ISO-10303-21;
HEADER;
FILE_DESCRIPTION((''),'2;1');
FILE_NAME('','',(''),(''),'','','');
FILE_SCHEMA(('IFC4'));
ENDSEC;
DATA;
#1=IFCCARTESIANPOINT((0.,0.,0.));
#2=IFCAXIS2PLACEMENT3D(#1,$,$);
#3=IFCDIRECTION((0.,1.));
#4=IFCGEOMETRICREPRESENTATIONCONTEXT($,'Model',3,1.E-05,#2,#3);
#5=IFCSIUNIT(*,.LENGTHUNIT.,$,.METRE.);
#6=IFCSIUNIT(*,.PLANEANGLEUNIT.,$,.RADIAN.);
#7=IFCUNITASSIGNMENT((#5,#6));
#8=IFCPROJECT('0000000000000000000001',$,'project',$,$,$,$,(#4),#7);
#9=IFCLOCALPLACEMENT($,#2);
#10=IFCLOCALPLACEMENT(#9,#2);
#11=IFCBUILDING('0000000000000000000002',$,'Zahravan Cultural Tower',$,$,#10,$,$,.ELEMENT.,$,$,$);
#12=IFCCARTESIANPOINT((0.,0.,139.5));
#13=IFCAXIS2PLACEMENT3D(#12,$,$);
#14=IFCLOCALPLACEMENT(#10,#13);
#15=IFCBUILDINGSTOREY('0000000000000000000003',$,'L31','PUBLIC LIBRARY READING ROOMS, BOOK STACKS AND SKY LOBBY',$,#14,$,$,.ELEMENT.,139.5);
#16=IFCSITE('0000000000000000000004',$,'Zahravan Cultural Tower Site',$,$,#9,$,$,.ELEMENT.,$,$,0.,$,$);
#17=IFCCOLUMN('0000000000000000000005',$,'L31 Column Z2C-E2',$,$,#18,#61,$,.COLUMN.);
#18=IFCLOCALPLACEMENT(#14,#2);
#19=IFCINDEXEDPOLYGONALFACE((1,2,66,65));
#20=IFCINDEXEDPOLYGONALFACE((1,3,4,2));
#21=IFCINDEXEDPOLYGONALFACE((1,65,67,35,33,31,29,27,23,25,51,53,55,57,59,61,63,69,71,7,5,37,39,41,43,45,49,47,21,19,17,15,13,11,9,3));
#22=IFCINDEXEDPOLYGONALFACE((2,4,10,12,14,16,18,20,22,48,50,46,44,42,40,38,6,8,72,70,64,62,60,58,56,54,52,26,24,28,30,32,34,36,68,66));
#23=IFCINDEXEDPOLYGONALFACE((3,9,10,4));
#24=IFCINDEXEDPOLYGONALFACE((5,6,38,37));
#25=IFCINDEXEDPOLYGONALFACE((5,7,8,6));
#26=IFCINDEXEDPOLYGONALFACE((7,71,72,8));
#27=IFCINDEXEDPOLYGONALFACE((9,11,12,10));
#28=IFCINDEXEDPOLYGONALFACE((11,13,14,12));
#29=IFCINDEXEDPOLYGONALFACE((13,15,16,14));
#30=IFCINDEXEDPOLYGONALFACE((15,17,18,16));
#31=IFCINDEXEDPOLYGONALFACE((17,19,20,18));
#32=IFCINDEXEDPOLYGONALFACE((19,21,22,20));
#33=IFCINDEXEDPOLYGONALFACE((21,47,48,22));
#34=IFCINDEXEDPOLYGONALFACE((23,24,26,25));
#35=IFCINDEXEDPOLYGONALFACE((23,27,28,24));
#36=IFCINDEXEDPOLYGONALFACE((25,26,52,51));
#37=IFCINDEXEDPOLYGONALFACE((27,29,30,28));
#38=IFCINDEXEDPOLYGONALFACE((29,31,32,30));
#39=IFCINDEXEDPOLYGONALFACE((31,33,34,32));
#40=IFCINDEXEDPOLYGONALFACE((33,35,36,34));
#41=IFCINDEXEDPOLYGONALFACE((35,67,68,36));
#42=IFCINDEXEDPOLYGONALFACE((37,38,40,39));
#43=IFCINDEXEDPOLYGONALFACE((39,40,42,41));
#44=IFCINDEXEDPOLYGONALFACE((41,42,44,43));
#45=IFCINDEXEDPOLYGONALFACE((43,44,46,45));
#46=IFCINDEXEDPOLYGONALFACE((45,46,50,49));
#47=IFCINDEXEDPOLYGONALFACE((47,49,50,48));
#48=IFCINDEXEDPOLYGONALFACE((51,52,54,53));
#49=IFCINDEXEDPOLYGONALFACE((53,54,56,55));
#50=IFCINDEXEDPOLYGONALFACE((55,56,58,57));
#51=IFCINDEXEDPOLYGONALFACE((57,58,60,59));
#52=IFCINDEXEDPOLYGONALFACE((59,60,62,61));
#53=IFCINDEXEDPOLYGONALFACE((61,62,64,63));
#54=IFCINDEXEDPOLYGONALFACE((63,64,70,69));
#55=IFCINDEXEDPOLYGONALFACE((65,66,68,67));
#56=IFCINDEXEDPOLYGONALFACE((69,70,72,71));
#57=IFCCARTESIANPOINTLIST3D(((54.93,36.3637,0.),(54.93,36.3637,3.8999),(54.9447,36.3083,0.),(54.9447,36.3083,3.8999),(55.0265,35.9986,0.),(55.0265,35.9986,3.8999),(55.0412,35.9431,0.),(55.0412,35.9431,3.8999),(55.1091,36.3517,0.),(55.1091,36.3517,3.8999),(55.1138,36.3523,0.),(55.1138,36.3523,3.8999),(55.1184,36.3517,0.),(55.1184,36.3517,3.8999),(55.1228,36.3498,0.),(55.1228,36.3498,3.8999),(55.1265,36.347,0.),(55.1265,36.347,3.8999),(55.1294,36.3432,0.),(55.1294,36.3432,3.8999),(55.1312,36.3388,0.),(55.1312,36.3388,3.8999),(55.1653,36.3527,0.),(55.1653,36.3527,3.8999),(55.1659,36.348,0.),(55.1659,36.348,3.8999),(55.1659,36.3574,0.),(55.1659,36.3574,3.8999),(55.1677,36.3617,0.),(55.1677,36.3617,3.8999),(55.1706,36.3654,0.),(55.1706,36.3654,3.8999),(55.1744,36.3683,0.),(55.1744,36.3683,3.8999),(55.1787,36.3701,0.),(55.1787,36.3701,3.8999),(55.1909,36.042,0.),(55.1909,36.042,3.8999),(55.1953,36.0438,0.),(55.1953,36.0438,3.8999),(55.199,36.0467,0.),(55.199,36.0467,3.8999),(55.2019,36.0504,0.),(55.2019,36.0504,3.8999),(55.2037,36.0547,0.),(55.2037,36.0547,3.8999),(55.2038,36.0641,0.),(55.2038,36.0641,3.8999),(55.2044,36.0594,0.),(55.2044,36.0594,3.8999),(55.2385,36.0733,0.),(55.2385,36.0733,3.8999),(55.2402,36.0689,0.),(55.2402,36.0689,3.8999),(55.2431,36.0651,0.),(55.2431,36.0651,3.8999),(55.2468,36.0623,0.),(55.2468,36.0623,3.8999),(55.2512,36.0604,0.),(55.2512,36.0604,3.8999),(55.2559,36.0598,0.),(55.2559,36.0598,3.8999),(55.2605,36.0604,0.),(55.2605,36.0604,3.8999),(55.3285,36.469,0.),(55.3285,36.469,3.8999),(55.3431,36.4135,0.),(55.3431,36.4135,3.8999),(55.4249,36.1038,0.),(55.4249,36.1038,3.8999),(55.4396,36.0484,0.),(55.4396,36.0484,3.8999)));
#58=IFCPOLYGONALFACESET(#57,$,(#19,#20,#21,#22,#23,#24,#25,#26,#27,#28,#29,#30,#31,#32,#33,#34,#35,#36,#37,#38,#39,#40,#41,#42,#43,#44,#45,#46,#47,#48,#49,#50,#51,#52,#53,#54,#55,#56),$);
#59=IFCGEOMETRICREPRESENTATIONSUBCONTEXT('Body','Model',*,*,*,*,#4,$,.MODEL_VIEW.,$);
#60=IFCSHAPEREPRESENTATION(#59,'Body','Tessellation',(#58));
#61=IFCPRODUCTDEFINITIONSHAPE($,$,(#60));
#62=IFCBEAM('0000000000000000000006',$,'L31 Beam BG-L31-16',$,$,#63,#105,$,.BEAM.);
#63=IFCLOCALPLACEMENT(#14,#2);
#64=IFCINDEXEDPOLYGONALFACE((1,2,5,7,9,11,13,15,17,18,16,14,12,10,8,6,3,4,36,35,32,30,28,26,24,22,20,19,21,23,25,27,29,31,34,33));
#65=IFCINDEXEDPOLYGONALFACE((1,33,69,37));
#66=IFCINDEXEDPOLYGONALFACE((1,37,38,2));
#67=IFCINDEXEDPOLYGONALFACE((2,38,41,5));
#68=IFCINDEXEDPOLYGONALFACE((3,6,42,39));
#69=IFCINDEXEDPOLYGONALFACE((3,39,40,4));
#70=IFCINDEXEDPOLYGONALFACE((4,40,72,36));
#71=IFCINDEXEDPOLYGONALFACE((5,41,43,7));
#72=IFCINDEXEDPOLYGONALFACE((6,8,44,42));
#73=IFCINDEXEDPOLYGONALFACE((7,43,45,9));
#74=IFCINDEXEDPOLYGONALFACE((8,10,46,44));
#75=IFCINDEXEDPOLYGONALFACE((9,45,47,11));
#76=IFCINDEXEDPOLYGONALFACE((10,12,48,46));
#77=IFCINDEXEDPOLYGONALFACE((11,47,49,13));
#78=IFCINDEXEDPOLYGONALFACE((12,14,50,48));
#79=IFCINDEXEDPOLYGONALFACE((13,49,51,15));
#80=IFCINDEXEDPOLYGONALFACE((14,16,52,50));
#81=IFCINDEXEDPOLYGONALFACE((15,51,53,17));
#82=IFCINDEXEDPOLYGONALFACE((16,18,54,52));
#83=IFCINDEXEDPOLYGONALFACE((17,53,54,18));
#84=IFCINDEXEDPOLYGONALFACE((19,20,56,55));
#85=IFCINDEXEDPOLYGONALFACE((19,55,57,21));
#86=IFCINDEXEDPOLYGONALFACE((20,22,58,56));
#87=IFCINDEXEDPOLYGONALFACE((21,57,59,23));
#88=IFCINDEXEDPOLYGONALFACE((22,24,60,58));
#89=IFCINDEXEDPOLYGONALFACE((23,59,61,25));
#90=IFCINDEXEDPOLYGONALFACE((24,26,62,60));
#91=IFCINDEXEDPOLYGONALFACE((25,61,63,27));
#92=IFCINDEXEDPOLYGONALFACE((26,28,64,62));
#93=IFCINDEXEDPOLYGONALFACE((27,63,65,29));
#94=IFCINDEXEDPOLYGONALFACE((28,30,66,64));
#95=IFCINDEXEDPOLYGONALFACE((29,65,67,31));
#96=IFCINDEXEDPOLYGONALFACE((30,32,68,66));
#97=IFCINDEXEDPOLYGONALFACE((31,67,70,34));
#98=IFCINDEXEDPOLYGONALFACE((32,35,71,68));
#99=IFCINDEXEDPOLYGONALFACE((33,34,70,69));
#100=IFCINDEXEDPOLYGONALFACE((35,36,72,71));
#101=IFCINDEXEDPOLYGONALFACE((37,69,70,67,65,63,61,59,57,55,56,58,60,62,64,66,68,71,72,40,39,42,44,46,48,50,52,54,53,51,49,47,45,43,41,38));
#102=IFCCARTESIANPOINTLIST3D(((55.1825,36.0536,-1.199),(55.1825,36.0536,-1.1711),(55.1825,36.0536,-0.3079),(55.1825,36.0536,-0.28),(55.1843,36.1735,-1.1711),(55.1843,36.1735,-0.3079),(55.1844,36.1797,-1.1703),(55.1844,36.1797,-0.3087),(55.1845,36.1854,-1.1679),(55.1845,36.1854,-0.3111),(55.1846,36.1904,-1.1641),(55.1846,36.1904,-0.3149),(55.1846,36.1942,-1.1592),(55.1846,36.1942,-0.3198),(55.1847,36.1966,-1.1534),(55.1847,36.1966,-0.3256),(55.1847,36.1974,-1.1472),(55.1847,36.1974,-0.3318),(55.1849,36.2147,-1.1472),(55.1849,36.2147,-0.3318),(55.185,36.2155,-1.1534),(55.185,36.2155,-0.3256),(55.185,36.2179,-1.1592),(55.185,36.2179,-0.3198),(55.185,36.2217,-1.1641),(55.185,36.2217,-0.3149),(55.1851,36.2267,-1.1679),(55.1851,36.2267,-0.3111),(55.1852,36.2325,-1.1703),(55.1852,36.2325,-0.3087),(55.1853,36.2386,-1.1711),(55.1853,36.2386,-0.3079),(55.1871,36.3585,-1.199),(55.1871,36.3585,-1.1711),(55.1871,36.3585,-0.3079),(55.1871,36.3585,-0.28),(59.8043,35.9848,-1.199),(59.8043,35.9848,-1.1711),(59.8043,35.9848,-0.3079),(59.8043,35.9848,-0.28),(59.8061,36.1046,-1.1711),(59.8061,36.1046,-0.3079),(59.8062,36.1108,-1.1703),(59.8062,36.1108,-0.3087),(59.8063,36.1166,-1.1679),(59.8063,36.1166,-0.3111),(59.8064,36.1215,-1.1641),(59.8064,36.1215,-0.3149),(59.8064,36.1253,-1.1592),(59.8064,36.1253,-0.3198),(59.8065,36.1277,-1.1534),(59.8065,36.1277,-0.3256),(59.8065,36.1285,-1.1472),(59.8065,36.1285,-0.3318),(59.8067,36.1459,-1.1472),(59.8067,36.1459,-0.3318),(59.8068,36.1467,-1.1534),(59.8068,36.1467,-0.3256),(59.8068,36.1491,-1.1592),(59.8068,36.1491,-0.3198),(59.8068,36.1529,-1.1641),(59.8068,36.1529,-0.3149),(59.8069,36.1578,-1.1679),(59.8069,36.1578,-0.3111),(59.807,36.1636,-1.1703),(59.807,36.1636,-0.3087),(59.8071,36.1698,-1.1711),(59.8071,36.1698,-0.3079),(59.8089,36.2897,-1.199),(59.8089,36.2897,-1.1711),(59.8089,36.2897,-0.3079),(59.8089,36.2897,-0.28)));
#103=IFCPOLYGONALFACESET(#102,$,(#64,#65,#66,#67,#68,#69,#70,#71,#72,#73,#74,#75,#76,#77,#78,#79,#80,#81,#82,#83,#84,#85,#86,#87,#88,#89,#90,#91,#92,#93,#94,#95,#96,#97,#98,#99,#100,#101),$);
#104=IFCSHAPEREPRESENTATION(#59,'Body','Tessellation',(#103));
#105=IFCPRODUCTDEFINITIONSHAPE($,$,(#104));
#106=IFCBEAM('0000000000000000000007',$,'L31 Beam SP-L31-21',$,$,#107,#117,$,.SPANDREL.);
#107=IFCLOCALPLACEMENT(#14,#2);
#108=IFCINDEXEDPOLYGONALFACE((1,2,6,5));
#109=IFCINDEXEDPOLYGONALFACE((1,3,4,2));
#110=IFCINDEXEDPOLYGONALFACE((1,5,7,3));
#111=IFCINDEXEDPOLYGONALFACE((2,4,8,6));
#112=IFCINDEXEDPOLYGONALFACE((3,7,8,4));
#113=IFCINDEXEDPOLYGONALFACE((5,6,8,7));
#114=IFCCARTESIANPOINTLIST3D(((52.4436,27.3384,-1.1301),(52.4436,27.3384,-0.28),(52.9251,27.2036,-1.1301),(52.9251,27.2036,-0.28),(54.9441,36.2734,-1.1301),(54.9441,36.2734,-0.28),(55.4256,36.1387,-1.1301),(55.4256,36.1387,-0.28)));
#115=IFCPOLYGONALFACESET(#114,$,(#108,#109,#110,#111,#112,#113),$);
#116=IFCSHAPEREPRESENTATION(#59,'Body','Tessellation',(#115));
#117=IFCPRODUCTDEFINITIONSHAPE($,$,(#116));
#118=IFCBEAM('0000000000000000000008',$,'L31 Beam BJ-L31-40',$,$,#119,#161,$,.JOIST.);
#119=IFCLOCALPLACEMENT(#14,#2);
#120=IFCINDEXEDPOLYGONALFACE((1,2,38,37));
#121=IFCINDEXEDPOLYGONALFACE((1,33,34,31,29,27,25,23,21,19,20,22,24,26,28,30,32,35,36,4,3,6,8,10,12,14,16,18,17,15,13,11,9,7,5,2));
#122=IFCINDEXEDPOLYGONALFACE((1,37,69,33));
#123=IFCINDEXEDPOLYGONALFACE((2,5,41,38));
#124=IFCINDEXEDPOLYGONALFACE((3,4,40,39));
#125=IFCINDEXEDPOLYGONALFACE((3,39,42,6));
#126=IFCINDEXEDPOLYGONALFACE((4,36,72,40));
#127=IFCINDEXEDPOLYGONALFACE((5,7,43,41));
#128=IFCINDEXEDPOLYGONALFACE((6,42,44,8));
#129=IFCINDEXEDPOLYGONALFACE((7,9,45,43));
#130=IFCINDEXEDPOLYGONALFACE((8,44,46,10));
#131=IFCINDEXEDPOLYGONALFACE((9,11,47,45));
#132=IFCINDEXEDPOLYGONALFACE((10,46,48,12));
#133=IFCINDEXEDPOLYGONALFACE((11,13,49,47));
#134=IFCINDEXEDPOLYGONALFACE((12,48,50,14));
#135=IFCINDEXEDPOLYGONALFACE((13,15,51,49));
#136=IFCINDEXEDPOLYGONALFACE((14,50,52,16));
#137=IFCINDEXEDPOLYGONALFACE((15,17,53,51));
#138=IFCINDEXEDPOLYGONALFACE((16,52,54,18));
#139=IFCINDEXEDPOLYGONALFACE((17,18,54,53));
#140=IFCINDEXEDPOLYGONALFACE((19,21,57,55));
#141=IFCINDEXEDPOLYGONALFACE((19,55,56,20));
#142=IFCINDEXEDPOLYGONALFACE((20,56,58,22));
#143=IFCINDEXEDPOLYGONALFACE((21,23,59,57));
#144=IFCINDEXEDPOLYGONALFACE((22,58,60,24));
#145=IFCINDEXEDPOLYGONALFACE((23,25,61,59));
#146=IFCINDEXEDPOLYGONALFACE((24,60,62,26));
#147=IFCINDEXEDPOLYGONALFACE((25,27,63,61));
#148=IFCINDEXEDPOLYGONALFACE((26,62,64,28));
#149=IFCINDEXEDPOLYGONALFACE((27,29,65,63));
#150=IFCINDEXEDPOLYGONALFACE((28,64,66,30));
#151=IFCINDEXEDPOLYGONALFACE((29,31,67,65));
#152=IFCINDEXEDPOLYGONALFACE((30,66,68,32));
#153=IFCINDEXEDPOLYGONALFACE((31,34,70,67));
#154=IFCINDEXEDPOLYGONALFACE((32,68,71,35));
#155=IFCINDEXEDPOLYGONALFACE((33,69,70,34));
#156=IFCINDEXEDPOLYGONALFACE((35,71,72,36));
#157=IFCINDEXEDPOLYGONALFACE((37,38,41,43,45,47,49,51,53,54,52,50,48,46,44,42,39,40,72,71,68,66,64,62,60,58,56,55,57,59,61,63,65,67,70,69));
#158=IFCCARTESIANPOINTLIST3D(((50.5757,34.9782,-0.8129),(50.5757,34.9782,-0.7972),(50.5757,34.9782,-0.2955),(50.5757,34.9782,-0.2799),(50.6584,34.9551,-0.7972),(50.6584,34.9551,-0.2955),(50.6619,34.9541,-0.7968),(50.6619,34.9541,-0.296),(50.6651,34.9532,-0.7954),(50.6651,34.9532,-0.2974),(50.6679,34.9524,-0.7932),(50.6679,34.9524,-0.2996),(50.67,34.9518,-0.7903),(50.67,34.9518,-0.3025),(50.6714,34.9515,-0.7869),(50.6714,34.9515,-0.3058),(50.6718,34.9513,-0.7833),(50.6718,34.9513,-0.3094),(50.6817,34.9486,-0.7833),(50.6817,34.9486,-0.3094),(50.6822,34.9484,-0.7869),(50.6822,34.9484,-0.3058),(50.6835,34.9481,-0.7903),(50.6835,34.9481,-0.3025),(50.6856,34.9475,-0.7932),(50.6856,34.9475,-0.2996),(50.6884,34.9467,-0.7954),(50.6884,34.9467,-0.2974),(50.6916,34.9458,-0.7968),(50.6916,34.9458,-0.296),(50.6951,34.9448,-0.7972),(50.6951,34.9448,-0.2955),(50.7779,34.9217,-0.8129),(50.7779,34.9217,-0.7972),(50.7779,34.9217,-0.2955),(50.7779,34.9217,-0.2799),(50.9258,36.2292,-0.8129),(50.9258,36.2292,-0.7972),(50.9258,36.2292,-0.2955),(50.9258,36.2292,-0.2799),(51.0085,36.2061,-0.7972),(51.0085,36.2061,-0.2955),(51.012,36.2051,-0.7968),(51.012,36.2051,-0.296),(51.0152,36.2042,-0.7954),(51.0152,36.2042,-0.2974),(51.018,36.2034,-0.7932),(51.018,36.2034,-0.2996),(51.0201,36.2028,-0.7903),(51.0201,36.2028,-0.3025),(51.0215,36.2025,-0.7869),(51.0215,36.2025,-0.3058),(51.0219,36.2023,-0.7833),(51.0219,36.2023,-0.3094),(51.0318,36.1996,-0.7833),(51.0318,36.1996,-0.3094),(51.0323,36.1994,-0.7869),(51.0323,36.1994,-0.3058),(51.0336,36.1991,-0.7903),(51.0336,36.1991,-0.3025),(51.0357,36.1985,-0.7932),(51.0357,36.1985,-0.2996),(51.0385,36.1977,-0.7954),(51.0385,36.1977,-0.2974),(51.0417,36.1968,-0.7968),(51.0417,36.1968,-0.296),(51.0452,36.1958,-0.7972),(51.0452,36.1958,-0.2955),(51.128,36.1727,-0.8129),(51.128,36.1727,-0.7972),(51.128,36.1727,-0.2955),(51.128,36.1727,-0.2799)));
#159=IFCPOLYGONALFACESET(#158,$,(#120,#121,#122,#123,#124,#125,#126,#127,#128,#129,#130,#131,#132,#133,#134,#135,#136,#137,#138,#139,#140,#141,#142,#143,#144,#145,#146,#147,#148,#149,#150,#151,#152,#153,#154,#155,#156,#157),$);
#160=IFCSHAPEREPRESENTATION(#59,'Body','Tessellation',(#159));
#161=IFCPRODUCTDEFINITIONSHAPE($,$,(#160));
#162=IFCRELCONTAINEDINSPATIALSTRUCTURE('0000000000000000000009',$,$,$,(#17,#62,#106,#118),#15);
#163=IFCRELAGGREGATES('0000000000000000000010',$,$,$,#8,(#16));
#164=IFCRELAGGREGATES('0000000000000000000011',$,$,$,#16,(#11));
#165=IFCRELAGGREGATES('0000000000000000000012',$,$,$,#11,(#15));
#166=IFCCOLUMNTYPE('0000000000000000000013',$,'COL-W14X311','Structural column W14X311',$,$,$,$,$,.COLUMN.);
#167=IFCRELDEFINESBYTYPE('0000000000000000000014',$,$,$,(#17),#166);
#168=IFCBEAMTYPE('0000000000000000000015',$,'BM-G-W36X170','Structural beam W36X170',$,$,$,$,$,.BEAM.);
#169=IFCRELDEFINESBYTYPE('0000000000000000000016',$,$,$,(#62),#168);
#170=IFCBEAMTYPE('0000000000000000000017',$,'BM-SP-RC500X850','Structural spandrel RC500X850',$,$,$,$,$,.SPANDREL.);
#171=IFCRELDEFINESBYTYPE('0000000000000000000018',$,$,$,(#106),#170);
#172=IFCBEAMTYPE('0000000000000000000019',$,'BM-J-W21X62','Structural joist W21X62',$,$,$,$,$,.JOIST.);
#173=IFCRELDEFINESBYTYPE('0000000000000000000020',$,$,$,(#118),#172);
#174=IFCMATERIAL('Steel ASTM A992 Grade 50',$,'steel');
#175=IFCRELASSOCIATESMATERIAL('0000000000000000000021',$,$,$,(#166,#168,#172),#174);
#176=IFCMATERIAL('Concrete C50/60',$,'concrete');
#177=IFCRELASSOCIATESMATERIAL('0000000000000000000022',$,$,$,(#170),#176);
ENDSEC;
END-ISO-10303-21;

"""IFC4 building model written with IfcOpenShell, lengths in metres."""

from ifc_helpers import new_model, si_unit, direction, frame, origin, origin_2d, place, context, subcontext, project, spatial, rectangle, i_section, extrude, source, transform, mapped, material, material_profile, profile_set, type_object, element, save


model = new_model("IFC4")

# Units and contexts
model_context = context("Model", 3, precision=1e-05, world=origin(), true_north=direction((0.0, 1.0)))
body_context = subcontext(model_context, "Body", "Model", "MODEL_VIEW")
ifc_project = project(units=[si_unit("LENGTHUNIT", "METRE"), si_unit("PLANEANGLEUNIT", "RADIAN")], contexts=[model_context])

# Site, building, storey
site_placement = place(None, origin())
site = spatial("IfcSite", under=ifc_project, at=site_placement, Name="Zahravan Cultural Tower Site", CompositionType="ELEMENT", RefElevation=0.0)
building_placement = place(site_placement, origin())
building = spatial("IfcBuilding", under=site, at=building_placement, Name="Zahravan Cultural Tower", CompositionType="ELEMENT")
storey_placement = place(building_placement, frame((0.0, 0.0, 139.5)))
storey = spatial("IfcBuildingStorey", under=building, at=storey_placement, Name="L31", Description="PUBLIC LIBRARY READING ROOMS, BOOK STACKS AND SKY LOBBY", CompositionType="ELEMENT", Elevation=139.5)

# Column
ifc_material_1 = material(Name="Steel ASTM A992 Grade 50", Category="steel")
ifc_material_profile_1 = material_profile(ifc_material_1, i_section(OverallWidth=0.4121, OverallDepth=0.4351, WebThickness=0.0359, FlangeThickness=0.0574, FilletRadius=0.0181, at=origin_2d()), Name="W14X311")
ifc_profile_set_1 = profile_set([ifc_material_profile_1], Name="Steel ASTM A992 Grade 50")
column_type = type_object("IfcColumnType", Name="COL-W14X311", Description="Structural column W14X311", PredefinedType="COLUMN", material=ifc_profile_set_1)
shared_shape_1 = source(origin(), body_context, "Body", "SweptSolid", [
    extrude(i_section(OverallWidth=0.4121, OverallDepth=0.4351, WebThickness=0.0359, FlangeThickness=0.0574, FilletRadius=0.0181, at=origin_2d()), origin(), (0.0, 0.0, 1.0), 3.8999),
])
column_placement = place(storey_placement, frame((55.1848, 36.2061, 0.0), z_axis=(0.0, 0.0, 1.0), x_axis=(0.966823, 0.255446, 0.0)))
element("IfcColumn", 1, at=column_placement, inside=storey, type_object=column_type, Name="L31 Column Z2C-E2", PredefinedType="COLUMN", context=body_context, shape_type="MappedRepresentation", body=[
    mapped(shared_shape_1, transform((0.0, 0.0, 0.0), x_axis=(1.0, 0.0, 0.0), y_axis=(0.0, 1.0, 0.0), z_axis=(0.0, 0.0, 1.0), scale=1.0)),
])

# Beams
ifc_material_profile_2 = material_profile(ifc_material_1, i_section(OverallWidth=0.3049, OverallDepth=0.9189, WebThickness=0.0173, FlangeThickness=0.0278, FilletRadius=0.0239, at=origin_2d()), Name="W36X170")
ifc_profile_set_2 = profile_set([ifc_material_profile_2], Name="Steel ASTM A992 Grade 50")
beam_type_1 = type_object("IfcBeamType", Name="BM-G-W36X170", Description="Structural beam W36X170", PredefinedType="BEAM", material=ifc_profile_set_2)
shared_shape_2 = source(origin(), body_context, "Body", "SweptSolid", [
    extrude(i_section(OverallWidth=0.3049, OverallDepth=0.9189, WebThickness=0.0173, FlangeThickness=0.0278, FilletRadius=0.0239, at=origin_2d()), origin(), (0.0, 0.0, 1.0), 4.6223),
])
beam_1_placement = place(storey_placement, frame((55.1848, 36.2061, -0.7395), z_axis=(0.999889, -0.014895, 0.0), x_axis=(0.014895, 0.999889, 0.0)))
element("IfcBeam", 2, at=beam_1_placement, inside=storey, type_object=beam_type_1, Name="L31 Beam BG-L31-16", PredefinedType="BEAM", context=body_context, shape_type="MappedRepresentation", body=[
    mapped(shared_shape_2, transform((0.0, 0.0, 0.0), x_axis=(1.0, 0.0, 0.0), y_axis=(0.0, 1.0, 0.0), z_axis=(0.0, 0.0, 1.0), scale=1.0)),
])
ifc_material_2 = material(Name="Concrete C50/60", Category="concrete")
ifc_material_profile_3 = material_profile(ifc_material_2, rectangle(XDim=0.5, YDim=0.8501, at=origin_2d()), Name="RC500X850")
ifc_profile_set_3 = profile_set([ifc_material_profile_3], Name="Concrete C50/60")
beam_type_2 = type_object("IfcBeamType", Name="BM-SP-RC500X850", Description="Structural spandrel RC500X850", PredefinedType="SPANDREL", material=ifc_profile_set_3)
shared_shape_3 = source(origin(), body_context, "Body", "SweptSolid", [
    extrude(rectangle(XDim=0.5, YDim=0.8501, at=origin_2d()), origin(), (0.0, 0.0, 1.0), 9.2783),
])
beam_2_placement = place(storey_placement, frame((52.6843, 27.271, -0.7051), z_axis=(0.269497, 0.963001, 0.0), x_axis=(-0.963001, 0.269497, 0.0)))
element("IfcBeam", 3, at=beam_2_placement, inside=storey, type_object=beam_type_2, Name="L31 Beam SP-L31-21", PredefinedType="SPANDREL", context=body_context, shape_type="MappedRepresentation", body=[
    mapped(shared_shape_3, transform((0.0, 0.0, 0.0), x_axis=(1.0, 0.0, 0.0), y_axis=(0.0, 1.0, 0.0), z_axis=(0.0, 0.0, 1.0), scale=1.0)),
])
ifc_material_profile_4 = material_profile(ifc_material_1, i_section(OverallWidth=0.21, OverallDepth=0.533, WebThickness=0.0103, FlangeThickness=0.0156, FilletRadius=0.0139, at=origin_2d()), Name="W21X62")
ifc_profile_set_4 = profile_set([ifc_material_profile_4], Name="Steel ASTM A992 Grade 50")
beam_type_3 = type_object("IfcBeamType", Name="BM-J-W21X62", Description="Structural joist W21X62", PredefinedType="JOIST", material=ifc_profile_set_4)
shared_shape_4 = source(origin(), body_context, "Body", "SweptSolid", [
    extrude(i_section(OverallWidth=0.21, OverallDepth=0.533, WebThickness=0.0103, FlangeThickness=0.0156, FilletRadius=0.0139, at=origin_2d()), origin(), (0.0, 0.0, 1.0), 1.2991),
])
beam_3_placement = place(storey_placement, frame((50.6768, 34.95, -0.5464), z_axis=(0.269504, 0.962999, 0.0), x_axis=(-0.962999, 0.269504, 0.0)))
element("IfcBeam", 4, at=beam_3_placement, inside=storey, type_object=beam_type_3, Name="L31 Beam BJ-L31-40", PredefinedType="JOIST", context=body_context, shape_type="MappedRepresentation", body=[
    mapped(shared_shape_4, transform((0.0, 0.0, 0.0), x_axis=(1.0, 0.0, 0.0), y_axis=(0.0, 1.0, 0.0), z_axis=(0.0, 0.0, 1.0), scale=1.0)),
])

save(model, "model.ifc")
